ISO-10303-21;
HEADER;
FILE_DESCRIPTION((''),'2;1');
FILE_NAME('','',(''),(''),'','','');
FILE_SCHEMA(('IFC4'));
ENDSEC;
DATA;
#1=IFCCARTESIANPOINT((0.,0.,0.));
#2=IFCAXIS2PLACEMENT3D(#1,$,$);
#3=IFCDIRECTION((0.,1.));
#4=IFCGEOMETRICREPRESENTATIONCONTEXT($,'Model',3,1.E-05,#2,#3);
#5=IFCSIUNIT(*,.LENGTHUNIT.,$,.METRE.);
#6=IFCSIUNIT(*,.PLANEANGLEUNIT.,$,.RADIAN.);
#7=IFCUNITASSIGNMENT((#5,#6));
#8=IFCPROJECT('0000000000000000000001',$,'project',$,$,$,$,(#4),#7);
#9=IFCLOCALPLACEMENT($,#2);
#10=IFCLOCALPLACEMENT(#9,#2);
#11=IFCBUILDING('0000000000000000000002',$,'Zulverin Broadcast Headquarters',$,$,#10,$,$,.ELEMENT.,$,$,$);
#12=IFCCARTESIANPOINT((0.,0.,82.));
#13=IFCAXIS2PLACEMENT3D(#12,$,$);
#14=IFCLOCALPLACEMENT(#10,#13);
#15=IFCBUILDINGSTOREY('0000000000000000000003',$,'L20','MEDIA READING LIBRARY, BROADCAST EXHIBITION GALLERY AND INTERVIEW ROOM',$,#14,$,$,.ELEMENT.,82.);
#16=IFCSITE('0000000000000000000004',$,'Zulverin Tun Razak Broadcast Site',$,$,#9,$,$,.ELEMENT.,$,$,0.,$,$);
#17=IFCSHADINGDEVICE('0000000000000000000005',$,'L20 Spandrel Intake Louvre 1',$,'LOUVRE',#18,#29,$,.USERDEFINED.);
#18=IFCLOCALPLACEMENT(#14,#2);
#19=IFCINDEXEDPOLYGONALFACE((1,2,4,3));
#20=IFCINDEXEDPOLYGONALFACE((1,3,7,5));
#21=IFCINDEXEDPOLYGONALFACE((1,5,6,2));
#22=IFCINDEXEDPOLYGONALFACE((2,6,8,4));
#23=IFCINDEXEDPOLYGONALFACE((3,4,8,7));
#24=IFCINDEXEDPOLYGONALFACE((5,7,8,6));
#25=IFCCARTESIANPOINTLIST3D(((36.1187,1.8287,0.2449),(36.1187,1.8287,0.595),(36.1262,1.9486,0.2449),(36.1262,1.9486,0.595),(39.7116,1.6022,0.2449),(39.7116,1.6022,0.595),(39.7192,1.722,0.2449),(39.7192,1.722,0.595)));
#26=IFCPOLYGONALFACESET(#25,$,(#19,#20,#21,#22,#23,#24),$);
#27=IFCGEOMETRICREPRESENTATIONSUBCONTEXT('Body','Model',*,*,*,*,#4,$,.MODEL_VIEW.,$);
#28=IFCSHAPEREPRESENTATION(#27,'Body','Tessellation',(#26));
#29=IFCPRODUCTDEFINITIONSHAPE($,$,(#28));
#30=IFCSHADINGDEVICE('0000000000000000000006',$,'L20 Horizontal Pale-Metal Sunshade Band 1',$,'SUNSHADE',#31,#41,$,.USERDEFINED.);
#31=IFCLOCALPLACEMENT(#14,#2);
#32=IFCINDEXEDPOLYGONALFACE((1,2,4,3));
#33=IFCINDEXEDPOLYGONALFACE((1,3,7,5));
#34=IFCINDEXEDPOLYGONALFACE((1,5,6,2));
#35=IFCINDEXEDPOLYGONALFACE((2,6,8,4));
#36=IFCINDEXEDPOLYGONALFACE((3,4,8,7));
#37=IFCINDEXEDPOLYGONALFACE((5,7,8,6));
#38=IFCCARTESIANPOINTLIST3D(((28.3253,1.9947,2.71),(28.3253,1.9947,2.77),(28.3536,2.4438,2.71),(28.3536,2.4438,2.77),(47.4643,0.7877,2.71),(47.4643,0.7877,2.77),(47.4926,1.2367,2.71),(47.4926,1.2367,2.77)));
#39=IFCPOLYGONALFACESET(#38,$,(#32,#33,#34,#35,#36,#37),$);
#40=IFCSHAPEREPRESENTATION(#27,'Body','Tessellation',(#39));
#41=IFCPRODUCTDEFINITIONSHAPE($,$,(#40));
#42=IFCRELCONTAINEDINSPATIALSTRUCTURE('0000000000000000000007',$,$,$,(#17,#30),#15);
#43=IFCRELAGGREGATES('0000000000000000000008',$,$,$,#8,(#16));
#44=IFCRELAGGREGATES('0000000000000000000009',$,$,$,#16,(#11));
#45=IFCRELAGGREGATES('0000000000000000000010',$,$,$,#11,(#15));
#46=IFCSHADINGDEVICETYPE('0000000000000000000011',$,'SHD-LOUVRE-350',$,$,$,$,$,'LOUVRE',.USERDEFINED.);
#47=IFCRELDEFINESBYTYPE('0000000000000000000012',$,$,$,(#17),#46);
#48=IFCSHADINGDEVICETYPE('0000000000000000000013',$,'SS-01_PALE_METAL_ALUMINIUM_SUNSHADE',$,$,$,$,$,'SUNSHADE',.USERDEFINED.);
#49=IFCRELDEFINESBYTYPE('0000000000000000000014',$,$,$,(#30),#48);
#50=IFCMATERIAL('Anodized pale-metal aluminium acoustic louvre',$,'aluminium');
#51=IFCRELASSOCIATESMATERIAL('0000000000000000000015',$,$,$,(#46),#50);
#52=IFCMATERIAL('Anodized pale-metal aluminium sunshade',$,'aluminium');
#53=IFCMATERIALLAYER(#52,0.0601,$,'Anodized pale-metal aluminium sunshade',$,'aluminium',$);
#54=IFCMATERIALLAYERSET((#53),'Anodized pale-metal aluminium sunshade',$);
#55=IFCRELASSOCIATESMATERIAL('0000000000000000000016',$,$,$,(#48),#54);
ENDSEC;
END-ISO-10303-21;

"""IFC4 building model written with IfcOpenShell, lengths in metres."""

from ifc_helpers import new_model, si_unit, direction, frame, origin, origin_2d, place, context, subcontext, project, spatial, rectangle, extrude, material, layer, layer_set, type_object, element, save


model = new_model("IFC4")

# Units and contexts
model_context = context("Model", 3, precision=1e-05, world=origin(), true_north=direction((0.0, 1.0)))
body_context = subcontext(model_context, "Body", "Model", "MODEL_VIEW")
ifc_project = project(units=[si_unit("LENGTHUNIT", "METRE"), si_unit("PLANEANGLEUNIT", "RADIAN")], contexts=[model_context])

# Site, building, storey
site_placement = place(None, origin())
site = spatial("IfcSite", under=ifc_project, at=site_placement, Name="Zulverin Tun Razak Broadcast Site", CompositionType="ELEMENT", RefElevation=0.0)
building_placement = place(site_placement, origin())
building = spatial("IfcBuilding", under=site, at=building_placement, Name="Zulverin Broadcast Headquarters", CompositionType="ELEMENT")
storey_placement = place(building_placement, frame((0.0, 0.0, 82.0)))
storey = spatial("IfcBuildingStorey", under=building, at=storey_placement, Name="L20", Description="MEDIA READING LIBRARY, BROADCAST EXHIBITION GALLERY AND INTERVIEW ROOM", CompositionType="ELEMENT", Elevation=82.0)

# Shading devices
ifc_material_1 = material(Name="Anodized pale-metal aluminium acoustic louvre", Category="aluminium")
shading_device_type_1 = type_object("IfcShadingDeviceType", Name="SHD-LOUVRE-350", ElementType="LOUVRE", PredefinedType="USERDEFINED", material=ifc_material_1)
shading_device_1_placement = place(storey_placement, frame((37.9189, 1.7754, 0.2449), z_axis=(0.0, 0.0, 1.0), x_axis=(0.998017, -0.062942, 0.0)))
element("IfcShadingDevice", 1, at=shading_device_1_placement, inside=storey, type_object=shading_device_type_1, Name="L20 Spandrel Intake Louvre 1", ObjectType="LOUVRE", PredefinedType="USERDEFINED", context=body_context, shape_type="SweptSolid", body=[
    extrude(rectangle(XDim=3.6001, YDim=0.1201, at=origin_2d()), origin(), (0.0, 0.0, 1.0), 0.3501),
])
ifc_material_2 = material(Name="Anodized pale-metal aluminium sunshade", Category="aluminium")
ifc_layer_1 = layer(ifc_material_2, 0.0601, Name="Anodized pale-metal aluminium sunshade", Category="aluminium")
ifc_layer_set_1 = layer_set([ifc_layer_1], Name="Anodized pale-metal aluminium sunshade")
shading_device_type_2 = type_object("IfcShadingDeviceType", Name="SS-01_PALE_METAL_ALUMINIUM_SUNSHADE", ElementType="SUNSHADE", PredefinedType="USERDEFINED", material=ifc_layer_set_1)
shading_device_2_placement = place(storey_placement, frame((37.9089, 1.6157, 2.71), z_axis=(0.0, 0.0, 1.0), x_axis=(0.998017, -0.062942, 0.0)))
element("IfcShadingDevice", 2, at=shading_device_2_placement, inside=storey, type_object=shading_device_type_2, Name="L20 Horizontal Pale-Metal Sunshade Band 1", ObjectType="SUNSHADE", PredefinedType="USERDEFINED", context=body_context, shape_type="SweptSolid", body=[
    extrude(rectangle(XDim=19.177, YDim=0.45, at=origin_2d()), origin(), (0.0, 0.0, 1.0), 0.0601),
])

save(model, "model.ifc")
